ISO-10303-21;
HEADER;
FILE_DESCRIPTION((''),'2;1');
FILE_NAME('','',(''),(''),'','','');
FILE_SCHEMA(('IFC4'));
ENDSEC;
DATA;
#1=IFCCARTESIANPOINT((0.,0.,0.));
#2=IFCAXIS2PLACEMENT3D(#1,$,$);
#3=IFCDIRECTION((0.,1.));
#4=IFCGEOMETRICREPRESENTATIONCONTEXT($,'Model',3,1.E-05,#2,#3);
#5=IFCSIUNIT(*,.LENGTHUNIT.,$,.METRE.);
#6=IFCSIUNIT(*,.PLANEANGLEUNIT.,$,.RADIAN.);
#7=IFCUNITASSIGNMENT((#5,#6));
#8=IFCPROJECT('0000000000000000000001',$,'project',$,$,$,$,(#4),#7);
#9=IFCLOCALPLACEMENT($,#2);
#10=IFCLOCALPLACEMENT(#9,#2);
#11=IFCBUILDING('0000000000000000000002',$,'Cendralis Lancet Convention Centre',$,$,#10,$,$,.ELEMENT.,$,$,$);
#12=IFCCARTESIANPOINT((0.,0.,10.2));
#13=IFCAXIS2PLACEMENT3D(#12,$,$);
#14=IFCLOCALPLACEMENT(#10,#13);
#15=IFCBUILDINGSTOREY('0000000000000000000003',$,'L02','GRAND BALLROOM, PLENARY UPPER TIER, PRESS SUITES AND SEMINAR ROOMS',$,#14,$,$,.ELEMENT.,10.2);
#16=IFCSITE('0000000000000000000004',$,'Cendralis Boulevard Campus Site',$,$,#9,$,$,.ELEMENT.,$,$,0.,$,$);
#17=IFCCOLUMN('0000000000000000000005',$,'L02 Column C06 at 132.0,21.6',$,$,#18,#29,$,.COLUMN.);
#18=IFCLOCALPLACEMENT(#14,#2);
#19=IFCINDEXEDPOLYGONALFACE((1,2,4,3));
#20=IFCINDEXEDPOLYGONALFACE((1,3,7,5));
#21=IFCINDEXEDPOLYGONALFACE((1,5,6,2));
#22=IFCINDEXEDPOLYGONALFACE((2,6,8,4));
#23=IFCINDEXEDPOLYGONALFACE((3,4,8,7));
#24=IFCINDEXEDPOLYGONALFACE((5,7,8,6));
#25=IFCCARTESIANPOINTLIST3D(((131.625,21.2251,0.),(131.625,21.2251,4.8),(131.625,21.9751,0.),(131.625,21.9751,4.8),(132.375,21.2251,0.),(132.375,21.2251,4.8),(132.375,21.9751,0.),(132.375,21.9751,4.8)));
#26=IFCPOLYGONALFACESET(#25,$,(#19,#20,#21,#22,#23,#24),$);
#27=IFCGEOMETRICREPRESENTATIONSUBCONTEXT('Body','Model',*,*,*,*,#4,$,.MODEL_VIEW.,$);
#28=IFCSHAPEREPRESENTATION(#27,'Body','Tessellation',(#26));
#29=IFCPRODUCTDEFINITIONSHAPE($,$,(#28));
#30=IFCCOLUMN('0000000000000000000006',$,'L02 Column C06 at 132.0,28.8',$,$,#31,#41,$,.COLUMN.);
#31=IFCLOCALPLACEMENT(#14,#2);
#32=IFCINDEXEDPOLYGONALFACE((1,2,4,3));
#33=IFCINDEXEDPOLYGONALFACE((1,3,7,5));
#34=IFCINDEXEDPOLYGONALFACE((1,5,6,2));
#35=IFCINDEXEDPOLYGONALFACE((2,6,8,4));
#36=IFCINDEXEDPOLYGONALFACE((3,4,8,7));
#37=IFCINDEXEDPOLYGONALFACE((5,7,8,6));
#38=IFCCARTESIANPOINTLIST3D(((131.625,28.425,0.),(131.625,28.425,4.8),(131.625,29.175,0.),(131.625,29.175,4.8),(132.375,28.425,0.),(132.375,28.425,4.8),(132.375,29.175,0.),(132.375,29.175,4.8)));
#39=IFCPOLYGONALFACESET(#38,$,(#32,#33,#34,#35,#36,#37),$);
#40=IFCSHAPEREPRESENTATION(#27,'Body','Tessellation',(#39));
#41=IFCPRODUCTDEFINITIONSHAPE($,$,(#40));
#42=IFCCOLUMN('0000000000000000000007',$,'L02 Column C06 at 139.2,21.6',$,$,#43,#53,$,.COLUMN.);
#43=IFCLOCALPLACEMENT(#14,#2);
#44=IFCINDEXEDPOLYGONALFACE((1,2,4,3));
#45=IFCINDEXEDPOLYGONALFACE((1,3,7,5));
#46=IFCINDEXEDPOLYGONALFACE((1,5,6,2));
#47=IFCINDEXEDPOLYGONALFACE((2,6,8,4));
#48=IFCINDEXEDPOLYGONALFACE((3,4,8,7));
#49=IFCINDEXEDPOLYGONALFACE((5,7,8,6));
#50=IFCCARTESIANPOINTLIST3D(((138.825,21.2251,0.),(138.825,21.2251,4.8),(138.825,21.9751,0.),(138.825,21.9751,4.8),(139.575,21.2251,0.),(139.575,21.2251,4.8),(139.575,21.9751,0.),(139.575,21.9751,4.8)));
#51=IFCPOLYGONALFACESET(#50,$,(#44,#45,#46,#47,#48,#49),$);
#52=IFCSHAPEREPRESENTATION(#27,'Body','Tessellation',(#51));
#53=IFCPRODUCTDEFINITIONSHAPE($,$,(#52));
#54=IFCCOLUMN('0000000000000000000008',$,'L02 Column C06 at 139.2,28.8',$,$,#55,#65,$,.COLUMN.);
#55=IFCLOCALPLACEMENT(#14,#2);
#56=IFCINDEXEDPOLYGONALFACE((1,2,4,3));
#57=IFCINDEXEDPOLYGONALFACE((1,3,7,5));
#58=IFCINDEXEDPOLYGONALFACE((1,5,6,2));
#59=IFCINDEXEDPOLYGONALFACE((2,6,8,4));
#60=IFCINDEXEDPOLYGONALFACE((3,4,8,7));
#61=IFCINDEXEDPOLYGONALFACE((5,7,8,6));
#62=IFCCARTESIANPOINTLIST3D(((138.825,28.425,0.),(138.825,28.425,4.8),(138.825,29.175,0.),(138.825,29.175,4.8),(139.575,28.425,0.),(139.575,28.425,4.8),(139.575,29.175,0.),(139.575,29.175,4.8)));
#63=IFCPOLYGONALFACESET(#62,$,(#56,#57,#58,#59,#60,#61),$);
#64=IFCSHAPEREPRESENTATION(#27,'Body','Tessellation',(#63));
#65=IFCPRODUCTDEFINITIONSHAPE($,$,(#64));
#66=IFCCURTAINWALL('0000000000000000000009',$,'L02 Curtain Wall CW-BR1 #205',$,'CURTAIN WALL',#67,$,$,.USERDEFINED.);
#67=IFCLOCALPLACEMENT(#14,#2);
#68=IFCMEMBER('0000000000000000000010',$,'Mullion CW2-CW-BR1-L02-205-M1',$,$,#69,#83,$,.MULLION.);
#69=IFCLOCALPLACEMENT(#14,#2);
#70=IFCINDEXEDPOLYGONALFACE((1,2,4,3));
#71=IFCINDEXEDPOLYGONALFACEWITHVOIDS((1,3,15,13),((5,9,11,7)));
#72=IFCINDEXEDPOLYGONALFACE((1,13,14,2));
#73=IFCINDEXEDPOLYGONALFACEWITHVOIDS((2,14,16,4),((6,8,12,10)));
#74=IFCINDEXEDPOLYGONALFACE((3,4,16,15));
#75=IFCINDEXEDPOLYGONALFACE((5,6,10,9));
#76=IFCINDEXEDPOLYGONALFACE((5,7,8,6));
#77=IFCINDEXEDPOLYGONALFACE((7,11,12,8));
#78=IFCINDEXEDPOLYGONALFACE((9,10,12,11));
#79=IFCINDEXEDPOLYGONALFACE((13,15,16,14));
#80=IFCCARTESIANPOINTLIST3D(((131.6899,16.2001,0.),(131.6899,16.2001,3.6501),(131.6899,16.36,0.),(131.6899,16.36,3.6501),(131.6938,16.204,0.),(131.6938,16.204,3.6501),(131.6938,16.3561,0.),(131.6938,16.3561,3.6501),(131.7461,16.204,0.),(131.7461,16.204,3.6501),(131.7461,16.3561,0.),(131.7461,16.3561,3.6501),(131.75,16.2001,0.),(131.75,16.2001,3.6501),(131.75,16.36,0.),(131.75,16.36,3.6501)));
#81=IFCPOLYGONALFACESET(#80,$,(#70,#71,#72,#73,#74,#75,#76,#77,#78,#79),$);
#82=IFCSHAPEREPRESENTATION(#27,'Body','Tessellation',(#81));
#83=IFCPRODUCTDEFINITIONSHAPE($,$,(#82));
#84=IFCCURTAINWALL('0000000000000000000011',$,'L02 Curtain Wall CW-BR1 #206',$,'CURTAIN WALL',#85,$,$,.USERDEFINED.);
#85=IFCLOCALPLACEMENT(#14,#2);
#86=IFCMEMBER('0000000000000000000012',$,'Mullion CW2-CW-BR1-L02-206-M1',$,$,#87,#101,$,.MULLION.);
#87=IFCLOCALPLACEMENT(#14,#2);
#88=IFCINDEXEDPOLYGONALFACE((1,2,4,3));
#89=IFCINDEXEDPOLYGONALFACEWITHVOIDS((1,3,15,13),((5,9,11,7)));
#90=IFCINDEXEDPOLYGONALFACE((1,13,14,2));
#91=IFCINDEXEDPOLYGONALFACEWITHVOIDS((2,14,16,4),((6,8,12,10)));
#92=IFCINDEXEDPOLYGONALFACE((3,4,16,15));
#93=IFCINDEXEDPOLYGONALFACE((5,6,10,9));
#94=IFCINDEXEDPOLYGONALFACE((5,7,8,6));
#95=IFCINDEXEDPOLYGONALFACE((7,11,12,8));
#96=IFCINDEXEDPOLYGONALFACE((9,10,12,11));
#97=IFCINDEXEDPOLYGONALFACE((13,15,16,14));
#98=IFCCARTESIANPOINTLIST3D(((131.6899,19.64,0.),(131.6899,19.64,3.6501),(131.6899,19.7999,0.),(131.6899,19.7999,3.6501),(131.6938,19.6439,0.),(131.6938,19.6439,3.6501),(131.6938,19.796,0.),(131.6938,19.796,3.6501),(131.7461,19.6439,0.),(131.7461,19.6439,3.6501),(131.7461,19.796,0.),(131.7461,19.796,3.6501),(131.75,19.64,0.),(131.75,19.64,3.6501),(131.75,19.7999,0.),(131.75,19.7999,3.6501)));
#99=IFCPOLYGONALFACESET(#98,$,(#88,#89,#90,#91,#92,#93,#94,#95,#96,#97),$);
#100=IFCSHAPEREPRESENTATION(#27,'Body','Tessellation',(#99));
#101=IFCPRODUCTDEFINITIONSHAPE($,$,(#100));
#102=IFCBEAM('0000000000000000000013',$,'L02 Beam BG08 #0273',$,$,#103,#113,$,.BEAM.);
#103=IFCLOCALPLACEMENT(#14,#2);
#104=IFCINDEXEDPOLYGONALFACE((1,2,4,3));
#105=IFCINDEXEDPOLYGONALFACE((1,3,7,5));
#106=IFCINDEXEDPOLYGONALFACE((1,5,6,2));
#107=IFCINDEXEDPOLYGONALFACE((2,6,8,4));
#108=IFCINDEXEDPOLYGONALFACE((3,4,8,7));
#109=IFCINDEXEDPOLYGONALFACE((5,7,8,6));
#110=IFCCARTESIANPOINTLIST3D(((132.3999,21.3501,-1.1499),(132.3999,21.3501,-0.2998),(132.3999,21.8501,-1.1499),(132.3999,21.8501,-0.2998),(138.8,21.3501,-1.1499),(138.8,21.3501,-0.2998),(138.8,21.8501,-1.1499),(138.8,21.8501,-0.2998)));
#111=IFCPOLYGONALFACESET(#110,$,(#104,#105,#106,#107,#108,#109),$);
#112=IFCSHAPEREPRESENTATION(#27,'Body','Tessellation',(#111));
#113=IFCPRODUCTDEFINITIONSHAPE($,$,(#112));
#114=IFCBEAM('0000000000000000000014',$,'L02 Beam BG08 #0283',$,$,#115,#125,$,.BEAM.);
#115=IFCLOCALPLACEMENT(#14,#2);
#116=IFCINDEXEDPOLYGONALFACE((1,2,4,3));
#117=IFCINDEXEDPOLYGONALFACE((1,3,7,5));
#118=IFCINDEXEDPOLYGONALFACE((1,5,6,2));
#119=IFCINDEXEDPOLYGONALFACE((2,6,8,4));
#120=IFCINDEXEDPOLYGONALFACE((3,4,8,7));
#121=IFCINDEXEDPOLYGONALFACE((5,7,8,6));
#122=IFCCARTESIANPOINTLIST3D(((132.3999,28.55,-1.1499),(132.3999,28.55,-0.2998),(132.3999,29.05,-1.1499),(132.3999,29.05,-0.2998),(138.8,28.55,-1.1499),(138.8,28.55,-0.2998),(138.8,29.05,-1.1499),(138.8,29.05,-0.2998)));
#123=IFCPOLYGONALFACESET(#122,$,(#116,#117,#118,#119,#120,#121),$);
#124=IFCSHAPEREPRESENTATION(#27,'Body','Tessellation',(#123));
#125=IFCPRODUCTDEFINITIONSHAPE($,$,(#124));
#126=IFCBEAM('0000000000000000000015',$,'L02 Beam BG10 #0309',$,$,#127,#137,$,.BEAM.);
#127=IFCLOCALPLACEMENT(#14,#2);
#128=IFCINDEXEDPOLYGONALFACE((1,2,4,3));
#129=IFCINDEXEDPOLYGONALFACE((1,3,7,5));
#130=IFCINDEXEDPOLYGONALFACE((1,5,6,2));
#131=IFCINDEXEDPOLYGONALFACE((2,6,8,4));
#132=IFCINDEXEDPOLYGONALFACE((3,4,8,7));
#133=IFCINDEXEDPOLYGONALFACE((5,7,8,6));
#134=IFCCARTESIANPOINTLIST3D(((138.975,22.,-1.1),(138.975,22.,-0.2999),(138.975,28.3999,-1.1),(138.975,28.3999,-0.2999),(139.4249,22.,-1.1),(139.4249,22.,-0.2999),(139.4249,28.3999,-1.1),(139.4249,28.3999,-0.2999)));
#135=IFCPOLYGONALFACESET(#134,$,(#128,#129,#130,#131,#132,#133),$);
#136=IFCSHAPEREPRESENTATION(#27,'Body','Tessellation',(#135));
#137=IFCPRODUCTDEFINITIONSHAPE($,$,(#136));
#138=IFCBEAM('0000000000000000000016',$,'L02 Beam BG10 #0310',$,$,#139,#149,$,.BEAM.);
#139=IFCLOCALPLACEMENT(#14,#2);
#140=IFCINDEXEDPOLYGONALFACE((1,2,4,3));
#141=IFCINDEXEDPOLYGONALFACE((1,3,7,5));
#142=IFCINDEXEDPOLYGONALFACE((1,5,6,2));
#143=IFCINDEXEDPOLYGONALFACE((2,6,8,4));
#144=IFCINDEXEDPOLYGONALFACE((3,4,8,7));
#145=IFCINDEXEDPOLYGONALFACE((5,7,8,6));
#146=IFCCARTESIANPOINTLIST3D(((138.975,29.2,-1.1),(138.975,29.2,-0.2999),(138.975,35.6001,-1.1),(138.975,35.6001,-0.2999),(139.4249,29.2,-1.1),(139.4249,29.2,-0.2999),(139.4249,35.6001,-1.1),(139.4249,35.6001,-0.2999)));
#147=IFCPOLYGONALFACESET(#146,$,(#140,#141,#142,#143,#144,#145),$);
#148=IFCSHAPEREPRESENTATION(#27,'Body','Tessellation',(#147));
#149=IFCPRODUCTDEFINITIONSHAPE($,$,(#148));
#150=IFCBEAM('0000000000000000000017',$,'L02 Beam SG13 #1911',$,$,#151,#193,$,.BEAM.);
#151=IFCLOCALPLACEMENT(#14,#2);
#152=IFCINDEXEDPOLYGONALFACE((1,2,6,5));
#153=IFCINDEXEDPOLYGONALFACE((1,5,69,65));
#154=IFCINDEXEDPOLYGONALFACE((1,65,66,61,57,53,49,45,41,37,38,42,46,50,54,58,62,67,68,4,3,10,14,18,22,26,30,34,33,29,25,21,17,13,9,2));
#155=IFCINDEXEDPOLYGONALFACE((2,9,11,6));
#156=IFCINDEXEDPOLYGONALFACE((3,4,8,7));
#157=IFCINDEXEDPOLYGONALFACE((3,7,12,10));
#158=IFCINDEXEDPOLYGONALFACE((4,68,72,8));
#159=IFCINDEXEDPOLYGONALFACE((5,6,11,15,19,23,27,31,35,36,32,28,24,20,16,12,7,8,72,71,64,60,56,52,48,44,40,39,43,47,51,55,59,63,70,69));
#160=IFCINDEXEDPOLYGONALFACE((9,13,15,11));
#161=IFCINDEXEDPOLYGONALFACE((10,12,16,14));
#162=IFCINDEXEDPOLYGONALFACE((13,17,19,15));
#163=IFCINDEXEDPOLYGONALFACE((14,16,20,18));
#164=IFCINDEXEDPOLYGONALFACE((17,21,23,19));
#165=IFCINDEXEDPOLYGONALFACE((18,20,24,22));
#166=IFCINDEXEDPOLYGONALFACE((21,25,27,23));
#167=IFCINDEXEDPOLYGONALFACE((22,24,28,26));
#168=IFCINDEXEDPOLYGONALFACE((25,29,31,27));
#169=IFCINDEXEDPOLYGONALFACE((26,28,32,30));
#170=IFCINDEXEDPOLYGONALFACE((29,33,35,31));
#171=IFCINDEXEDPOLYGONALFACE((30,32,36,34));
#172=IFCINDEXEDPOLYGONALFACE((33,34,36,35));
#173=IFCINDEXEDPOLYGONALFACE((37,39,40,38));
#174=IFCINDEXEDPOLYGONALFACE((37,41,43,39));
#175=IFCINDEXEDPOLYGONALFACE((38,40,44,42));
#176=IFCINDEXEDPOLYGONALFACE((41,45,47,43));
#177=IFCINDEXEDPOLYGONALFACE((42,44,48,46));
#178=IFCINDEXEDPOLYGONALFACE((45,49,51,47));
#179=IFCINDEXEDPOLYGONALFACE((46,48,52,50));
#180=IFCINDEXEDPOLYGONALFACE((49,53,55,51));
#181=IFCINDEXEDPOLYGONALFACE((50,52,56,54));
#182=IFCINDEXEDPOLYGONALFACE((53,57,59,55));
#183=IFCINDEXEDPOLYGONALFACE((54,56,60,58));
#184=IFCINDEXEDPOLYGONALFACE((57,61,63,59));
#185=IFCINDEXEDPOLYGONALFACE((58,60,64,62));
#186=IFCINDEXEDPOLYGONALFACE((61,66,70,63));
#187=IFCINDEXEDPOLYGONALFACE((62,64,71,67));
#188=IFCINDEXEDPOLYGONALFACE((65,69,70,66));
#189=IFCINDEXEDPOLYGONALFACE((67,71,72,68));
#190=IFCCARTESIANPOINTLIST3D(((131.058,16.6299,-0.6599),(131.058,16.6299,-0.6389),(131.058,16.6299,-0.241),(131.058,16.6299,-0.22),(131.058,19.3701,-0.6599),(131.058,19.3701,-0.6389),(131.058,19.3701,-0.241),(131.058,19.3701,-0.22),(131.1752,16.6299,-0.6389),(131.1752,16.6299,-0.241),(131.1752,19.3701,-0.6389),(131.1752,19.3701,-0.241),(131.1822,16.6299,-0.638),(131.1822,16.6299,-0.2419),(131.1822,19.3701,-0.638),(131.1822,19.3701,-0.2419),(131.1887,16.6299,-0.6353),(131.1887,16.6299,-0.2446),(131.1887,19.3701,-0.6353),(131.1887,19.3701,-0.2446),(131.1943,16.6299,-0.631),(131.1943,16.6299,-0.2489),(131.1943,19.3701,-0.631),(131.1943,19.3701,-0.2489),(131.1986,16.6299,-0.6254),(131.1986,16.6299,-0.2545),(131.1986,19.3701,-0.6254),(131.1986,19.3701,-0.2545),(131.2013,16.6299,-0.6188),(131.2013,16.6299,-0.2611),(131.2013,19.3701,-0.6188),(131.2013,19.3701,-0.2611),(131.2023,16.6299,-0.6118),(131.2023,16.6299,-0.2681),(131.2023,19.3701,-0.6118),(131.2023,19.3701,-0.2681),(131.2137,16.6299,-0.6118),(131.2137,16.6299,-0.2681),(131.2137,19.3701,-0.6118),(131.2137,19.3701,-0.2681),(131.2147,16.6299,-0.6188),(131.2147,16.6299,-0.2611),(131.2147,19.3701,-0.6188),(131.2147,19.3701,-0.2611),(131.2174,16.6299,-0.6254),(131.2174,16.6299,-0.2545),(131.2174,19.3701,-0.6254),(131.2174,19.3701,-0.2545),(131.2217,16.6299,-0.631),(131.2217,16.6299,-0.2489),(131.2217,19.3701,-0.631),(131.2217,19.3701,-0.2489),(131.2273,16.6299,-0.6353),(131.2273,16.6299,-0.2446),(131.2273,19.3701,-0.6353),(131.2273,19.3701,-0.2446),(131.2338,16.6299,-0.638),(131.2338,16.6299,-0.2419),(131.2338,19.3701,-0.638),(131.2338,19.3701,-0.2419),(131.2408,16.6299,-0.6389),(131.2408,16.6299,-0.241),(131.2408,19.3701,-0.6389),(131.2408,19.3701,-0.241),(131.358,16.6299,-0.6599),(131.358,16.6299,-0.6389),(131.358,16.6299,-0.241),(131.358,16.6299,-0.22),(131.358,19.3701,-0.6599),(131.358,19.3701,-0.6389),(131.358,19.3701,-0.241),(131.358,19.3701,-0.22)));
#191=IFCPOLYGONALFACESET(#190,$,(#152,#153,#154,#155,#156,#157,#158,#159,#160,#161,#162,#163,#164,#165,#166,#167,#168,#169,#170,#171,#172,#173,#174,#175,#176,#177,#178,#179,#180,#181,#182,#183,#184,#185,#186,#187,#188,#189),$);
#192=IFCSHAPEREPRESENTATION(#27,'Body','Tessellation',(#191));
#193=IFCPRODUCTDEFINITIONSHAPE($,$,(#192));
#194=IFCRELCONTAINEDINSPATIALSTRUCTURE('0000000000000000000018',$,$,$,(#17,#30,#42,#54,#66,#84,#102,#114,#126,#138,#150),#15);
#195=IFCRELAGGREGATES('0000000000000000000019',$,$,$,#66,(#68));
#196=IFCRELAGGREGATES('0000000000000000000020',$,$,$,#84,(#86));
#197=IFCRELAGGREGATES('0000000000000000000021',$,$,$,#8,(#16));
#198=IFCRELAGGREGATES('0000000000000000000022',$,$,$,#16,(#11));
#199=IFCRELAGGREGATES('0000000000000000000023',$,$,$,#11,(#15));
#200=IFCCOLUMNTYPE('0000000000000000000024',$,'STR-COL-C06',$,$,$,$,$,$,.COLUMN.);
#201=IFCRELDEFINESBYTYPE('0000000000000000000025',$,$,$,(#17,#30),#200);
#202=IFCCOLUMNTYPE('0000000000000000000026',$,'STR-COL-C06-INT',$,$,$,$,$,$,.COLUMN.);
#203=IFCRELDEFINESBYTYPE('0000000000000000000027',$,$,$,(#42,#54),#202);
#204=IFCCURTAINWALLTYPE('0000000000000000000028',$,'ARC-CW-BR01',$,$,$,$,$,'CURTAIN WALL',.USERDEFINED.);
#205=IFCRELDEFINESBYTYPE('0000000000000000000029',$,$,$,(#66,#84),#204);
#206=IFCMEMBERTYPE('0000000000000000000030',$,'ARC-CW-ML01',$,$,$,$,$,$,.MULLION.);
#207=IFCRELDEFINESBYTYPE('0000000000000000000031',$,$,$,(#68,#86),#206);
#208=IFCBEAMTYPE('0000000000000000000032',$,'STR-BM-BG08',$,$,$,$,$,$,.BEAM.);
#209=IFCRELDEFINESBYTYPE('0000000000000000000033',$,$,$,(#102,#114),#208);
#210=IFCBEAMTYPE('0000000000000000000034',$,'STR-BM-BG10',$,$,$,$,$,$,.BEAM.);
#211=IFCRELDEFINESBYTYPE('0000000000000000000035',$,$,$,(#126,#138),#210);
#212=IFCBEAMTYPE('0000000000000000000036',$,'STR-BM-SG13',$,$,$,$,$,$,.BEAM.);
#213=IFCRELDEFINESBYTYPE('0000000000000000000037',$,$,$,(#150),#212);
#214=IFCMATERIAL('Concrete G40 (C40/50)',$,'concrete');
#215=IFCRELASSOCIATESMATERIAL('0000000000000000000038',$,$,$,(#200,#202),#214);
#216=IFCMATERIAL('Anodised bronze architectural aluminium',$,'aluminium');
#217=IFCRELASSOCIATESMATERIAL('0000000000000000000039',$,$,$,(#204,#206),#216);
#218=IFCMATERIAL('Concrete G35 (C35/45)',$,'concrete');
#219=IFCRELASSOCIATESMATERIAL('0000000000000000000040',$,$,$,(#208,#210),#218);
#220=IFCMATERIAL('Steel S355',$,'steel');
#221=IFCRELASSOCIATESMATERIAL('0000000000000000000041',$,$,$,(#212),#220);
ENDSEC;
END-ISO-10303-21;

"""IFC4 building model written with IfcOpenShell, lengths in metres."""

from ifc_helpers import new_model, si_unit, direction, frame, origin, origin_2d, place, context, subcontext, project, spatial, rectangle, hollow_rectangle, i_section, extrude, material, material_profile, profile_set, type_object, element, aggregate, save


model = new_model("IFC4")

# Units and contexts
model_context = context("Model", 3, precision=1e-05, world=origin(), true_north=direction((0.0, 1.0)))
body_context = subcontext(model_context, "Body", "Model", "MODEL_VIEW")
ifc_project = project(units=[si_unit("LENGTHUNIT", "METRE"), si_unit("PLANEANGLEUNIT", "RADIAN")], contexts=[model_context])

# Site, building, storey
site_placement = place(None, origin())
site = spatial("IfcSite", under=ifc_project, at=site_placement, Name="Cendralis Boulevard Campus Site", CompositionType="ELEMENT", RefElevation=0.0)
building_placement = place(site_placement, origin())
building = spatial("IfcBuilding", under=site, at=building_placement, Name="Cendralis Lancet Convention Centre", CompositionType="ELEMENT")
storey_placement = place(building_placement, frame((0.0, 0.0, 10.2)))
storey = spatial("IfcBuildingStorey", under=building, at=storey_placement, Name="L02", Description="GRAND BALLROOM, PLENARY UPPER TIER, PRESS SUITES AND SEMINAR ROOMS", CompositionType="ELEMENT", Elevation=10.2)

# Columns
ifc_material_1 = material(Name="Concrete G40 (C40/50)", Category="concrete")
ifc_material_profile_1 = material_profile(ifc_material_1, rectangle(XDim=0.75, YDim=0.75, at=origin_2d()), Name="RC 750x750")
ifc_profile_set_1 = profile_set([ifc_material_profile_1], Name="Concrete G40 (C40/50)")
column_type_1 = type_object("IfcColumnType", Name="STR-COL-C06", PredefinedType="COLUMN", material=ifc_profile_set_1)
for number, where, z_axis, x_axis, name in (
    (1, (132.0, 21.6001, 0.0), (0.0, 0.0, 1.0), (1.0, 0.0, 0.0), "L02 Column C06 at 132.0,21.6"),
    (2, (132.0, 28.8, 0.0), (0.0, 0.0, 1.0), (1.0, 0.0, 0.0), "L02 Column C06 at 132.0,28.8"),
):
    element("IfcColumn", number, at=place(storey_placement, frame(where, z_axis=z_axis, x_axis=x_axis)), inside=storey, type_object=column_type_1, Name=name, PredefinedType="COLUMN", context=body_context, shape_type="SweptSolid", body=[
        extrude(rectangle(XDim=0.75, YDim=0.75, at=origin_2d()), origin(), (0.0, 0.0, 1.0), 4.8),
    ])
ifc_material_profile_2 = material_profile(ifc_material_1, rectangle(XDim=0.75, YDim=0.75, at=origin_2d()), Name="RC 750x750")
ifc_profile_set_2 = profile_set([ifc_material_profile_2], Name="Concrete G40 (C40/50)")
column_type_2 = type_object("IfcColumnType", Name="STR-COL-C06-INT", PredefinedType="COLUMN", material=ifc_profile_set_2)
for number, where, z_axis, x_axis, name in (
    (3, (139.2, 21.6001, 0.0), (0.0, 0.0, 1.0), (1.0, 0.0, 0.0), "L02 Column C06 at 139.2,21.6"),
    (4, (139.2, 28.8, 0.0), (0.0, 0.0, 1.0), (1.0, 0.0, 0.0), "L02 Column C06 at 139.2,28.8"),
):
    element("IfcColumn", number, at=place(storey_placement, frame(where, z_axis=z_axis, x_axis=x_axis)), inside=storey, type_object=column_type_2, Name=name, PredefinedType="COLUMN", context=body_context, shape_type="SweptSolid", body=[
        extrude(rectangle(XDim=0.75, YDim=0.75, at=origin_2d()), origin(), (0.0, 0.0, 1.0), 4.8),
    ])

# Curtain walls, members
ifc_material_2 = material(Name="Anodised bronze architectural aluminium", Category="aluminium")
curtain_wall_type = type_object("IfcCurtainWallType", Name="ARC-CW-BR01", ElementType="CURTAIN WALL", PredefinedType="USERDEFINED", material=ifc_material_2)
curtain_wall_1_placement = place(storey_placement, origin())
curtain_wall_1 = element("IfcCurtainWall", 5, at=curtain_wall_1_placement, inside=storey, type_object=curtain_wall_type, Name="L02 Curtain Wall CW-BR1 #205", ObjectType="CURTAIN WALL", PredefinedType="USERDEFINED")
ifc_material_profile_3 = material_profile(ifc_material_2, hollow_rectangle(XDim=0.0601, YDim=0.1599, WallThickness=0.0039, at=origin_2d()), Name="AL-MULL 60x160x4.0")
ifc_profile_set_3 = profile_set([ifc_material_profile_3], Name="Anodised bronze architectural aluminium")
member_type = type_object("IfcMemberType", Name="ARC-CW-ML01", PredefinedType="MULLION", material=ifc_profile_set_3)
member_1_placement = place(storey_placement, frame((131.72, 16.28, 0.0), z_axis=(0.0, 0.0, 1.0), x_axis=(1.0, 0.0, 0.0)))
member_1 = element("IfcMember", 6, at=member_1_placement, type_object=member_type, Name="Mullion CW2-CW-BR1-L02-205-M1", PredefinedType="MULLION", context=body_context, shape_type="SweptSolid", body=[
    extrude(hollow_rectangle(XDim=0.0601, YDim=0.1599, WallThickness=0.0039, at=origin_2d()), origin(), (0.0, 0.0, 1.0), 3.6501),
])
aggregate(curtain_wall_1, [member_1])
curtain_wall_2_placement = place(storey_placement, origin())
curtain_wall_2 = element("IfcCurtainWall", 7, at=curtain_wall_2_placement, inside=storey, type_object=curtain_wall_type, Name="L02 Curtain Wall CW-BR1 #206", ObjectType="CURTAIN WALL", PredefinedType="USERDEFINED")
member_2_placement = place(storey_placement, frame((131.72, 19.72, 0.0), z_axis=(0.0, 0.0, 1.0), x_axis=(1.0, 0.0, 0.0)))
member_2 = element("IfcMember", 8, at=member_2_placement, type_object=member_type, Name="Mullion CW2-CW-BR1-L02-206-M1", PredefinedType="MULLION", context=body_context, shape_type="SweptSolid", body=[
    extrude(hollow_rectangle(XDim=0.0601, YDim=0.1599, WallThickness=0.0039, at=origin_2d()), origin(), (0.0, 0.0, 1.0), 3.6501),
])

# Beams
ifc_material_3 = material(Name="Concrete G35 (C35/45)", Category="concrete")
ifc_material_profile_4 = material_profile(ifc_material_3, rectangle(XDim=0.5, YDim=0.8501, at=origin_2d()), Name="RCB 500x850")
ifc_profile_set_4 = profile_set([ifc_material_profile_4], Name="Concrete G35 (C35/45)")
beam_type_1 = type_object("IfcBeamType", Name="STR-BM-BG08", PredefinedType="BEAM", material=ifc_profile_set_4)
for number, where, z_axis, x_axis, name in (
    (9, (132.3999, 21.6001, -0.7249), (1.0, 0.0, 0.0), (0.0, 1.0, 0.0), "L02 Beam BG08 #0273"),
    (10, (132.3999, 28.8, -0.7249), (1.0, 0.0, 0.0), (0.0, 1.0, 0.0), "L02 Beam BG08 #0283"),
):
    element("IfcBeam", number, at=place(storey_placement, frame(where, z_axis=z_axis, x_axis=x_axis)), inside=storey, type_object=beam_type_1, Name=name, PredefinedType="BEAM", context=body_context, shape_type="SweptSolid", body=[
        extrude(rectangle(XDim=0.5, YDim=0.8501, at=origin_2d()), origin(), (0.0, 0.0, 1.0), 6.4001),
    ])
ifc_material_profile_5 = material_profile(ifc_material_3, rectangle(XDim=0.45, YDim=0.8, at=origin_2d()), Name="RCB 450x800")
ifc_profile_set_5 = profile_set([ifc_material_profile_5], Name="Concrete G35 (C35/45)")
beam_type_2 = type_object("IfcBeamType", Name="STR-BM-BG10", PredefinedType="BEAM", material=ifc_profile_set_5)
beam_1_placement = place(storey_placement, frame((139.2, 22.0, -0.7), z_axis=(0.0, 1.0, 0.0), x_axis=(-1.0, 0.0, 0.0)))
element("IfcBeam", 11, at=beam_1_placement, inside=storey, type_object=beam_type_2, Name="L02 Beam BG10 #0309", PredefinedType="BEAM", context=body_context, shape_type="SweptSolid", body=[
    extrude(rectangle(XDim=0.45, YDim=0.8, at=origin_2d()), origin(), (0.0, 0.0, 1.0), 6.3999),
])
beam_2_placement = place(storey_placement, frame((139.2, 29.2, -0.7), z_axis=(0.0, 1.0, 0.0), x_axis=(-1.0, 0.0, 0.0)))
element("IfcBeam", 12, at=beam_2_placement, inside=storey, type_object=beam_type_2, Name="L02 Beam BG10 #0310", PredefinedType="BEAM", context=body_context, shape_type="SweptSolid", body=[
    extrude(rectangle(XDim=0.45, YDim=0.8, at=origin_2d()), origin(), (0.0, 0.0, 1.0), 6.4001),
])
ifc_material_4 = material(Name="Steel S355", Category="steel")
ifc_material_profile_6 = material_profile(ifc_material_4, i_section(OverallWidth=0.3, OverallDepth=0.4399, WebThickness=0.0115, FlangeThickness=0.021, FilletRadius=0.0271, at=origin_2d()), Name="HEA 450")
ifc_profile_set_6 = profile_set([ifc_material_profile_6], Name="Steel S355")
beam_type_3 = type_object("IfcBeamType", Name="STR-BM-SG13", PredefinedType="BEAM", material=ifc_profile_set_6)
beam_3_placement = place(storey_placement, frame((131.208, 16.6299, -0.4399), z_axis=(0.0, 1.0, 0.0), x_axis=(-1.0, 0.0, 0.0)))
element("IfcBeam", 13, at=beam_3_placement, inside=storey, type_object=beam_type_3, Name="L02 Beam SG13 #1911", PredefinedType="BEAM", context=body_context, shape_type="SweptSolid", body=[
    extrude(i_section(OverallWidth=0.3, OverallDepth=0.4399, WebThickness=0.0115, FlangeThickness=0.021, FilletRadius=0.0271, at=origin_2d()), origin(), (0.0, 0.0, 1.0), 2.7402),
])

aggregate(curtain_wall_2, [member_2])

save(model, "model.ifc")
